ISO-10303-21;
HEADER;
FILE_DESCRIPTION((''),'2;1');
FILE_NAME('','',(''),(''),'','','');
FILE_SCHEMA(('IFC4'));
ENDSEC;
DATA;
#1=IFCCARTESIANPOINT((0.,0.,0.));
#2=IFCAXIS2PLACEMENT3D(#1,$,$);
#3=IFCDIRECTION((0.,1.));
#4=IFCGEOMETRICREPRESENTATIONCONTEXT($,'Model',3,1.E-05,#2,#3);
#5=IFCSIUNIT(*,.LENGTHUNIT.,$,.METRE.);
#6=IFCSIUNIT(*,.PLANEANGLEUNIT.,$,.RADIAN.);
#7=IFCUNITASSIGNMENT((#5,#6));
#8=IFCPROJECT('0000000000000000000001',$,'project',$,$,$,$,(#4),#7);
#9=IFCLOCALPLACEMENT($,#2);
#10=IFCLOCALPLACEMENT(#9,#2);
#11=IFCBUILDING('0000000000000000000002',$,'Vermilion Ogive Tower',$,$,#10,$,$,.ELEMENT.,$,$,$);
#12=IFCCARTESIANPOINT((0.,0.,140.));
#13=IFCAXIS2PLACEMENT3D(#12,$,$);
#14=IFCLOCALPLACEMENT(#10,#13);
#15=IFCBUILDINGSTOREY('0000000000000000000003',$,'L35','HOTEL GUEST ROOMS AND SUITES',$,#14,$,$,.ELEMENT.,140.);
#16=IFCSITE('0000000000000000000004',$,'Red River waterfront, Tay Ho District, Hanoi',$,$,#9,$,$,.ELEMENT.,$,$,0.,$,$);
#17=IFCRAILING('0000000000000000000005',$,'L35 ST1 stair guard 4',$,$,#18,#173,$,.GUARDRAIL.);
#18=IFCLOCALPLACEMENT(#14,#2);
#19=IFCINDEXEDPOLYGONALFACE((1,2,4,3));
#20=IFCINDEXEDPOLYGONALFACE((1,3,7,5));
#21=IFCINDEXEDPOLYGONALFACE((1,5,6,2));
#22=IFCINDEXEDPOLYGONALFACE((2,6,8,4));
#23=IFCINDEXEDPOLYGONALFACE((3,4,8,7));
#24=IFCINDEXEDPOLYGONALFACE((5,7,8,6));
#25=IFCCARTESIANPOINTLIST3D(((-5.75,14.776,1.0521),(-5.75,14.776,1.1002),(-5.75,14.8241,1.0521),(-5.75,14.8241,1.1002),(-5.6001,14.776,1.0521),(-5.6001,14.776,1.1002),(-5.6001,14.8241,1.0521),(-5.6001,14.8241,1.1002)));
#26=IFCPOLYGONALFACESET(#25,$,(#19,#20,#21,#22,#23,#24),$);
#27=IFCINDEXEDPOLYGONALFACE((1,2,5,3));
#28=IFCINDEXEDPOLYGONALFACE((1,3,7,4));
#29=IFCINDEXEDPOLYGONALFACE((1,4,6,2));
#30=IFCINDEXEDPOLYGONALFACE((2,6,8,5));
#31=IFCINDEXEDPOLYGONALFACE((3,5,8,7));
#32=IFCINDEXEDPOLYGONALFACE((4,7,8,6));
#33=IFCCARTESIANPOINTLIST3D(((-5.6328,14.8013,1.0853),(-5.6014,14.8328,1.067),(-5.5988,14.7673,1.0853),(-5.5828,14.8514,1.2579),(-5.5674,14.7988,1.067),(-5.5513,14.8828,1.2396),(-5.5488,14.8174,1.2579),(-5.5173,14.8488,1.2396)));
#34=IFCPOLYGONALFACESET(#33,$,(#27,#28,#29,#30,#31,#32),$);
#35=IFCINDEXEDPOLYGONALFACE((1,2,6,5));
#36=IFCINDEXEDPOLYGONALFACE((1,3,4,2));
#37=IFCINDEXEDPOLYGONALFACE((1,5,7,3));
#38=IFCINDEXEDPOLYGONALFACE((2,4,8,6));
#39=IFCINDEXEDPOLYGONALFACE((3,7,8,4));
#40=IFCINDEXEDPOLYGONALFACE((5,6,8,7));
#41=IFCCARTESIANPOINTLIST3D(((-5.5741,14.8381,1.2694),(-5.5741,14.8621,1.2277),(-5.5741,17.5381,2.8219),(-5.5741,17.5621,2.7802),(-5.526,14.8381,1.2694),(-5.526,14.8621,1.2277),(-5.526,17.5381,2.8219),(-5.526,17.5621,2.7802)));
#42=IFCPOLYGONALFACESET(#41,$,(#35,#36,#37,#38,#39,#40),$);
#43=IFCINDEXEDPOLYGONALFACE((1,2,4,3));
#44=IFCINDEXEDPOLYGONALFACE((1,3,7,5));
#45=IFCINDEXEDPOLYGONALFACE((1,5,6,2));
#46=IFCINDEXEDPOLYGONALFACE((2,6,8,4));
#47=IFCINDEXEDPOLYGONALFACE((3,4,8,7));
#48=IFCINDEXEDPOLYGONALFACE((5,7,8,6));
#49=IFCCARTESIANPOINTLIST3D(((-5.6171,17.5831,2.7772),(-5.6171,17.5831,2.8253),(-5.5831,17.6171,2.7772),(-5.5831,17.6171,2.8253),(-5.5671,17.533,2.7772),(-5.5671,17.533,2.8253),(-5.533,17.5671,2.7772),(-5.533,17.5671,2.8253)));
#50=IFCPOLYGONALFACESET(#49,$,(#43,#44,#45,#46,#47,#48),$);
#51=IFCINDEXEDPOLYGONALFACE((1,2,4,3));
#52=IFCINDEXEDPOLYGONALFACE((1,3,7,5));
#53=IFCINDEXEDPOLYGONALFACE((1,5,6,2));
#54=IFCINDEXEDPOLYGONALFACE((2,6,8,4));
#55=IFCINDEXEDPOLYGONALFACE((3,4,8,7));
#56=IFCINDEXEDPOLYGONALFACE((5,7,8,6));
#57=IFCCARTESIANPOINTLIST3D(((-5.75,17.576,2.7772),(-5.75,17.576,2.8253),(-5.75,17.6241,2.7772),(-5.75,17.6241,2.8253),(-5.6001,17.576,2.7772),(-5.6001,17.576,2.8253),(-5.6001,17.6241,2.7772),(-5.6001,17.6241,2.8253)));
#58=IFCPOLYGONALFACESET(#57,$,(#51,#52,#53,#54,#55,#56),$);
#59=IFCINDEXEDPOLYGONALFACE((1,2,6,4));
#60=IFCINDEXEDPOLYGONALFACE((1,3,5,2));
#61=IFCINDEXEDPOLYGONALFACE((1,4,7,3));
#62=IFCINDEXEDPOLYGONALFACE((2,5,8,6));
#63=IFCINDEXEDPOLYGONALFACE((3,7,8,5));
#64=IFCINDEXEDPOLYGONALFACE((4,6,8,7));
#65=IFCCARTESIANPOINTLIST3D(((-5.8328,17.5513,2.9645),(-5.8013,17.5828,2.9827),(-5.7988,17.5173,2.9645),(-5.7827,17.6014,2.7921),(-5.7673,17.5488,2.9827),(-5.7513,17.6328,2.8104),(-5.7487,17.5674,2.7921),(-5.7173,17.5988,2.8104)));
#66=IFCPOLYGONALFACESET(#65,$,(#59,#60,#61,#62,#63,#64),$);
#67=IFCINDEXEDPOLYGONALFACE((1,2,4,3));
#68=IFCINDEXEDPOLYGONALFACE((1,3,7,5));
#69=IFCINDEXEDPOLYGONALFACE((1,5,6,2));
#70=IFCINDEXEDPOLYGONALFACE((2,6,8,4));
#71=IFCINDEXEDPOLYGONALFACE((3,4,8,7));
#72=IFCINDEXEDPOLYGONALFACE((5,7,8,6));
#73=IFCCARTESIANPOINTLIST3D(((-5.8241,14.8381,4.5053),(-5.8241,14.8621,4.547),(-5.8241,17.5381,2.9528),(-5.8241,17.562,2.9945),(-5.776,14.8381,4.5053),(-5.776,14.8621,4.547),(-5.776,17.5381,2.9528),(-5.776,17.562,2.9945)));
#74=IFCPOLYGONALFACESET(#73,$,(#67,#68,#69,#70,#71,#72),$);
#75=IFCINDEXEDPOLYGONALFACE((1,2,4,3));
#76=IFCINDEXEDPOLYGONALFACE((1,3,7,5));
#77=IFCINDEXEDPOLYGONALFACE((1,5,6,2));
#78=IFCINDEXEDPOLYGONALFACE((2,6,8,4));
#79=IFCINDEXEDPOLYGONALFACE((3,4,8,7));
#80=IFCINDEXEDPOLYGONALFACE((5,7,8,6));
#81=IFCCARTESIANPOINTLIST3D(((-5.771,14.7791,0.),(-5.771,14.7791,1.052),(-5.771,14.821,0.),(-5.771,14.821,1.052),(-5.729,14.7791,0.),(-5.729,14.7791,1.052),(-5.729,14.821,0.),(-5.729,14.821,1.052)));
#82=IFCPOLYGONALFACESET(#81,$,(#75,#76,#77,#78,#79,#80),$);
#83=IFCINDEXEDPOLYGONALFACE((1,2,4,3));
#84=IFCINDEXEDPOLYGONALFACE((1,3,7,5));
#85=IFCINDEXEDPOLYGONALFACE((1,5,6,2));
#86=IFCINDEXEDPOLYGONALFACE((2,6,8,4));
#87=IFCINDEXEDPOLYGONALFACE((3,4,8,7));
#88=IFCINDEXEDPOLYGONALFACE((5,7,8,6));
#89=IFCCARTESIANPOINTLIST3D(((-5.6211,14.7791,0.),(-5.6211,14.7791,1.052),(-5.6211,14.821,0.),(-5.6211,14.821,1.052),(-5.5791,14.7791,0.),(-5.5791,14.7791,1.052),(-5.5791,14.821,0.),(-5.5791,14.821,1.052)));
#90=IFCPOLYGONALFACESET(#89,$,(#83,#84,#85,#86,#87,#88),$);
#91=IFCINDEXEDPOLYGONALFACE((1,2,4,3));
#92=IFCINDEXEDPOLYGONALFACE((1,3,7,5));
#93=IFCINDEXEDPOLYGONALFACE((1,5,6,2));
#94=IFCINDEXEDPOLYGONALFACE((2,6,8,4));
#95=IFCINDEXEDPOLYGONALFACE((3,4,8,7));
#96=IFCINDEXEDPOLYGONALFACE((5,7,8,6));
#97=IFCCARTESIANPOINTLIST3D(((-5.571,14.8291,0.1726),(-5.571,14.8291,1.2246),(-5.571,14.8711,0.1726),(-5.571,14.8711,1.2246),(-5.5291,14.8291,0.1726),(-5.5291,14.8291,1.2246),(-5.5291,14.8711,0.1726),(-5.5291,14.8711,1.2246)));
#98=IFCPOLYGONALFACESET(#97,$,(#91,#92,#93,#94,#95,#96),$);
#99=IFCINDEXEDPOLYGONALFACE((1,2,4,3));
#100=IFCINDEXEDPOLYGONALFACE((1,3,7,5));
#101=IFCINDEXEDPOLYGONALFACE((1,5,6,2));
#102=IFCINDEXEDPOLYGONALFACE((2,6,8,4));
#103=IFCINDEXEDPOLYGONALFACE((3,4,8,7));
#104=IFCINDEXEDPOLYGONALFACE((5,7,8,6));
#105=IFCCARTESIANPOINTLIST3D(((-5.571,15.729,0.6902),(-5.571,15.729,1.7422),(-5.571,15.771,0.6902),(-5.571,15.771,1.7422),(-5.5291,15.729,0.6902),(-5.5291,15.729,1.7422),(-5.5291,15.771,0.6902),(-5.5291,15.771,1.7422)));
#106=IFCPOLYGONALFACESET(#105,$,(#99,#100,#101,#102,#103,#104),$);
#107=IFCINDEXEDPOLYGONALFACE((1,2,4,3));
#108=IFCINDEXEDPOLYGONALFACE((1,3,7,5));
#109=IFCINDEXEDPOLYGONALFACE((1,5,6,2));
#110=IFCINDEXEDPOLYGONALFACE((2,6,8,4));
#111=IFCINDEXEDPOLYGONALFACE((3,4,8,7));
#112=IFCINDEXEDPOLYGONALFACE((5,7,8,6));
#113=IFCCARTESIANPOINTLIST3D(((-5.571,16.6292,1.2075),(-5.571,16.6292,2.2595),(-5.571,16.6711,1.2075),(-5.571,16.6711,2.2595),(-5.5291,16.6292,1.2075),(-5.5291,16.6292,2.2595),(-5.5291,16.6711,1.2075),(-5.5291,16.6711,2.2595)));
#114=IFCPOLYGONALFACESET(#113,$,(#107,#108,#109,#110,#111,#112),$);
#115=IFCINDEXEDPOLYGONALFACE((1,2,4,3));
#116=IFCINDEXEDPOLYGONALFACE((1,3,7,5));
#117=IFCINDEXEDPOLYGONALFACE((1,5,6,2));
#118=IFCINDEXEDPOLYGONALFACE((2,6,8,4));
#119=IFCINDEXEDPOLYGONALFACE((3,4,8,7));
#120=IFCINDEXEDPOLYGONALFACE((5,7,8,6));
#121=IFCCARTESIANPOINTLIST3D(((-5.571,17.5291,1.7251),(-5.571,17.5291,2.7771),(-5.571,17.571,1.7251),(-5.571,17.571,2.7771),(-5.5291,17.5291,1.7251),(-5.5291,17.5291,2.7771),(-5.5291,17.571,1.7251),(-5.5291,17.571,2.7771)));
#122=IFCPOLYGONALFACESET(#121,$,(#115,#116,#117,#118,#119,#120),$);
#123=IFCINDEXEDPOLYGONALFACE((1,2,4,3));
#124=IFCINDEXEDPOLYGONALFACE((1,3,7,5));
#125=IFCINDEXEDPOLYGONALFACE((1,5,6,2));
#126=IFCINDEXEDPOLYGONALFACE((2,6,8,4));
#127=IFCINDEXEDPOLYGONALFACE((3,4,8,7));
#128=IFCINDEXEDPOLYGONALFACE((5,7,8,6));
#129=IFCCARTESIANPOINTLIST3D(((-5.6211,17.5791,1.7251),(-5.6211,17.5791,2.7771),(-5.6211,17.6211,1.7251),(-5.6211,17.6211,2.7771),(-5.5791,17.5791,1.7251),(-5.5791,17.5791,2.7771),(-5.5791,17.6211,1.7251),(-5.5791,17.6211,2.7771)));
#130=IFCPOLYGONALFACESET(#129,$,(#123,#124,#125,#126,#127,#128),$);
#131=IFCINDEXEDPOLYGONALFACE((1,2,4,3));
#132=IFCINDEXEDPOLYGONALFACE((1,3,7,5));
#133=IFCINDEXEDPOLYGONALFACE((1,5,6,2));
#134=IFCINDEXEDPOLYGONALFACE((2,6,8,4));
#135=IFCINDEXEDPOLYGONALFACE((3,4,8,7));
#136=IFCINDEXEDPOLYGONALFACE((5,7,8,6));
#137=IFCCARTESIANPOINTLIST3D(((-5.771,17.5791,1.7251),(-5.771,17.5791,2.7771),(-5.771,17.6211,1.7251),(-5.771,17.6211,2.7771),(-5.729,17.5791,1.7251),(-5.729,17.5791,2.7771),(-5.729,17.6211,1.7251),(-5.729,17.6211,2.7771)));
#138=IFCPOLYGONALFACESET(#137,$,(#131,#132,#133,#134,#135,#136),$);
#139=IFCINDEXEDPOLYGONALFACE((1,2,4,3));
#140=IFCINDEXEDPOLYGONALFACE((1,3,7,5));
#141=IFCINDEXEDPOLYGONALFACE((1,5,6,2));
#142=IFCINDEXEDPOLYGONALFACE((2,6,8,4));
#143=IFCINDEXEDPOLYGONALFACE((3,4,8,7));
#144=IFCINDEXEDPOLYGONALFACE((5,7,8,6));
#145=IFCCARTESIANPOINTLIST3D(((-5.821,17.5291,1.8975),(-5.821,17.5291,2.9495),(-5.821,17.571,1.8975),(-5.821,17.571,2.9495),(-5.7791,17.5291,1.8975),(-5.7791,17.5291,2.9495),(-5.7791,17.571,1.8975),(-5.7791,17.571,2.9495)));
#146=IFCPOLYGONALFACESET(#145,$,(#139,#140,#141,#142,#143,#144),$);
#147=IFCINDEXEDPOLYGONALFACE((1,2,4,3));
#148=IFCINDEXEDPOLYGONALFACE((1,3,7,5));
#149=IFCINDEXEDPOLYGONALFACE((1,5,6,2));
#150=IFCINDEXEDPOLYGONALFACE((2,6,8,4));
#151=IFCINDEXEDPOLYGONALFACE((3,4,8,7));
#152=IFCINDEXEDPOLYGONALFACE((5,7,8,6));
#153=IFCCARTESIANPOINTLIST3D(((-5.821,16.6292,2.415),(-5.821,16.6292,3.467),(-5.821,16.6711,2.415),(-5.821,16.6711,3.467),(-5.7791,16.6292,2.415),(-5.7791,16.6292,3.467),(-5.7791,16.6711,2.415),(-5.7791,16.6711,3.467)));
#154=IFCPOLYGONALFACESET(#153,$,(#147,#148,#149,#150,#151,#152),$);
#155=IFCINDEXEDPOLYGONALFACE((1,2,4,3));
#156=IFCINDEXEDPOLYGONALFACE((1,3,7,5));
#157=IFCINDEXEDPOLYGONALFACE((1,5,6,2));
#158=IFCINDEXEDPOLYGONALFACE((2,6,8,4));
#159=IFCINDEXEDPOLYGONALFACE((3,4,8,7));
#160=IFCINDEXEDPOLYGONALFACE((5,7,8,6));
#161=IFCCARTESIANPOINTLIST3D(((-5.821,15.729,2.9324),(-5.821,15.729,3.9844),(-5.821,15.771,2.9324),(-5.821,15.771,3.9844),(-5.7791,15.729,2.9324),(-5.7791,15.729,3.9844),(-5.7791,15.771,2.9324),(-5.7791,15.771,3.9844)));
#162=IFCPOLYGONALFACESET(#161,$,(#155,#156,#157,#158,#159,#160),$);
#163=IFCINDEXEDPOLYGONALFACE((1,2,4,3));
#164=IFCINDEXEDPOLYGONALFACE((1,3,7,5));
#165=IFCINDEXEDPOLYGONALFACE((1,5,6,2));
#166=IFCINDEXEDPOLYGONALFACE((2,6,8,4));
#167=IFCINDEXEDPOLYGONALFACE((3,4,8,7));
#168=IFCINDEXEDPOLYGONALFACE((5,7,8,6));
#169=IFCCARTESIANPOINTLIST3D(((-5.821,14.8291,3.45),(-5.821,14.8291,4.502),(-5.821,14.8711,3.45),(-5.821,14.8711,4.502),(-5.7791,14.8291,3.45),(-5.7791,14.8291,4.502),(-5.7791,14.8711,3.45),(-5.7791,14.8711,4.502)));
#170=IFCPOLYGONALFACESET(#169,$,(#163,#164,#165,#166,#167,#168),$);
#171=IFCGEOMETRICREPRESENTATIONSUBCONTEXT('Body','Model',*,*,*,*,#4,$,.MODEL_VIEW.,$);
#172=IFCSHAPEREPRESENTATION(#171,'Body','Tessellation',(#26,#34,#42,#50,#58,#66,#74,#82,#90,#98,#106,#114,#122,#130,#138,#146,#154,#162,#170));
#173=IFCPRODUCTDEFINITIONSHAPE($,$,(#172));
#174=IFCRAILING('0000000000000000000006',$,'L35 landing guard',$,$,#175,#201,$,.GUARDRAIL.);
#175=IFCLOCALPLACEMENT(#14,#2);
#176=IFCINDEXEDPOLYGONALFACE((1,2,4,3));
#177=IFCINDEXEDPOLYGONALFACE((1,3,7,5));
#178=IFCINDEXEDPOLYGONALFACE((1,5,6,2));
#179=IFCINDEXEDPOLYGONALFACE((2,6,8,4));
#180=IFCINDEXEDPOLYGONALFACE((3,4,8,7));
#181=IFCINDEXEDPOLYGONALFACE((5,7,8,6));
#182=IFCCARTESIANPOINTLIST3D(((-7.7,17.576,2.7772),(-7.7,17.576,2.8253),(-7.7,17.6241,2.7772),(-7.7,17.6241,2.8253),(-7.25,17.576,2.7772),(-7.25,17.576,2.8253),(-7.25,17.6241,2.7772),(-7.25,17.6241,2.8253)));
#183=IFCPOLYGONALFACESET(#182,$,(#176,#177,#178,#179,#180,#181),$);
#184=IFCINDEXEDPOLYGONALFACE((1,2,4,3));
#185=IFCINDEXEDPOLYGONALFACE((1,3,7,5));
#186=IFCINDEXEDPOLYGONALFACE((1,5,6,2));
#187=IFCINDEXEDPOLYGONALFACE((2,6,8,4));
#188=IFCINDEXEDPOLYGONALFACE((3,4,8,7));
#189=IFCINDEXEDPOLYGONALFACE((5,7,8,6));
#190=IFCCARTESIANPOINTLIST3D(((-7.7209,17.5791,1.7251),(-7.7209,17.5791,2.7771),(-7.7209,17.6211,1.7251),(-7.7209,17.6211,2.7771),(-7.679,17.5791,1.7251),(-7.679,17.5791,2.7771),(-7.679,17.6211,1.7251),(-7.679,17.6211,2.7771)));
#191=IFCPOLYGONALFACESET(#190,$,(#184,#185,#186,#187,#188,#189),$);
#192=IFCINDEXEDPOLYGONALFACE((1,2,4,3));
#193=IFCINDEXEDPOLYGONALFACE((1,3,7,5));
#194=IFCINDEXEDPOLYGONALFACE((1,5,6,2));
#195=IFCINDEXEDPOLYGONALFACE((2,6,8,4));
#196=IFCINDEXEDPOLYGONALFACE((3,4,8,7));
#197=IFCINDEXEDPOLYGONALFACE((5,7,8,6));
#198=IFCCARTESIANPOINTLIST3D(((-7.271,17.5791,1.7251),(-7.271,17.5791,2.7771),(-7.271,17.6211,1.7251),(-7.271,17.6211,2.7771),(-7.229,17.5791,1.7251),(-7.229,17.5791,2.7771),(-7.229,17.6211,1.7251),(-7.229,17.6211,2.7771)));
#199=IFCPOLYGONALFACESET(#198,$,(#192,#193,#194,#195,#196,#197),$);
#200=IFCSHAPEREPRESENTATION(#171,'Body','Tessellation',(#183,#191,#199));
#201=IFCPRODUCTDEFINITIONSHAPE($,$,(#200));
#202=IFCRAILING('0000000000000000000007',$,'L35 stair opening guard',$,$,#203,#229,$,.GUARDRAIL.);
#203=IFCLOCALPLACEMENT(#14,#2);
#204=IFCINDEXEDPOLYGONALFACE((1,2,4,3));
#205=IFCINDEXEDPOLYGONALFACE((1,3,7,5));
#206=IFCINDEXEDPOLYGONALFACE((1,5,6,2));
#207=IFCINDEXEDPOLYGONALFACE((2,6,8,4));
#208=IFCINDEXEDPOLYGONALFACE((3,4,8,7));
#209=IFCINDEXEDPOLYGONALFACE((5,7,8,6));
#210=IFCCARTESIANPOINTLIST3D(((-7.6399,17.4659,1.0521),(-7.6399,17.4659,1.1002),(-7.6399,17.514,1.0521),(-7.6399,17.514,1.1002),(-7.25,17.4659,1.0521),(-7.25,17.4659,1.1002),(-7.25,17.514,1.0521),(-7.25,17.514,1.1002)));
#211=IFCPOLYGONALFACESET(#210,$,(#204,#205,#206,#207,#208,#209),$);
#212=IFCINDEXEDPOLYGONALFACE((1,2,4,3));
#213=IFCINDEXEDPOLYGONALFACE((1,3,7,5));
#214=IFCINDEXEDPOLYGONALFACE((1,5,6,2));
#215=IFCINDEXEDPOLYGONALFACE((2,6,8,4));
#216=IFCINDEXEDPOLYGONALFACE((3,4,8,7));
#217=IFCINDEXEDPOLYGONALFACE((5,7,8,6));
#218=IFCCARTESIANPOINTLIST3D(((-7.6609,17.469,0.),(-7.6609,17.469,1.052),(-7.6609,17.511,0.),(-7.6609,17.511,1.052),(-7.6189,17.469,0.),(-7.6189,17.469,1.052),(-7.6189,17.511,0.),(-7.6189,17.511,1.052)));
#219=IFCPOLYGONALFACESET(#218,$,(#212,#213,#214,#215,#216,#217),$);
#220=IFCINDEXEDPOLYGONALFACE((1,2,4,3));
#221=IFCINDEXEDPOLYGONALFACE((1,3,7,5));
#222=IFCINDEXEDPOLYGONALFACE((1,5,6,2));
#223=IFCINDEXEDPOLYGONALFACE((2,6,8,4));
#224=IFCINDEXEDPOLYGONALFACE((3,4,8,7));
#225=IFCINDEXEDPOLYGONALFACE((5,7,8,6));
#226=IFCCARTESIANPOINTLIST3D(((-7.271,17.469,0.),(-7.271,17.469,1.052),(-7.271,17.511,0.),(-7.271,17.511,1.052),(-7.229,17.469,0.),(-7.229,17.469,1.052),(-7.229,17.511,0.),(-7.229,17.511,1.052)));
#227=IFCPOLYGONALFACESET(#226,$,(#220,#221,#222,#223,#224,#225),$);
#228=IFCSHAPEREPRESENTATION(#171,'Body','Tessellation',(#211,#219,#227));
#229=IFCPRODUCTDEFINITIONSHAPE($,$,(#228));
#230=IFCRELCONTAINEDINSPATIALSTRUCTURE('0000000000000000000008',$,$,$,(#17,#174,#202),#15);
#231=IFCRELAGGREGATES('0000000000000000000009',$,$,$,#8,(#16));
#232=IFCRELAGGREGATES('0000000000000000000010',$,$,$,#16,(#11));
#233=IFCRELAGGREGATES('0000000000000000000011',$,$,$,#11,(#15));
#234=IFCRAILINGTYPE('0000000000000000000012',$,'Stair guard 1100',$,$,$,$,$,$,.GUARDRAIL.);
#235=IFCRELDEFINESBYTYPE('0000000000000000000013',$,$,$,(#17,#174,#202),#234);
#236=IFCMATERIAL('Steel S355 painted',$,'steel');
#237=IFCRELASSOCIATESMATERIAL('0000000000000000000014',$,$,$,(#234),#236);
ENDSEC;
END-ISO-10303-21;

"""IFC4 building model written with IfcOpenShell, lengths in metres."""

from ifc_helpers import new_model, si_unit, direction, frame, origin, origin_2d, place, context, subcontext, project, spatial, rectangle, extrude, material, type_object, element, save


model = new_model("IFC4")

# Units and contexts
model_context = context("Model", 3, precision=1e-05, world=origin(), true_north=direction((0.0, 1.0)))
body_context = subcontext(model_context, "Body", "Model", "MODEL_VIEW")
ifc_project = project(units=[si_unit("LENGTHUNIT", "METRE"), si_unit("PLANEANGLEUNIT", "RADIAN")], contexts=[model_context])

# Site, building, storey
site_placement = place(None, origin())
site = spatial("IfcSite", under=ifc_project, at=site_placement, Name="Red River waterfront, Tay Ho District, Hanoi", CompositionType="ELEMENT", RefElevation=0.0)
building_placement = place(site_placement, origin())
building = spatial("IfcBuilding", under=site, at=building_placement, Name="Vermilion Ogive Tower", CompositionType="ELEMENT")
storey_placement = place(building_placement, frame((0.0, 0.0, 140.0)))
storey = spatial("IfcBuildingStorey", under=building, at=storey_placement, Name="L35", Description="HOTEL GUEST ROOMS AND SUITES", CompositionType="ELEMENT", Elevation=140.0)

# Railings
ifc_material_1 = material(Name="Steel S355 painted", Category="steel")
railing_type_1 = type_object("IfcRailingType", Name="Stair guard 1100", PredefinedType="GUARDRAIL", material=ifc_material_1)
railing_1_placement = place(storey_placement, frame((-5.75, 14.8, 0.0)))
element("IfcRailing", 1, at=railing_1_placement, inside=storey, type_object=railing_type_1, Name="L35 ST1 stair guard 4", PredefinedType="GUARDRAIL", context=body_context, shape_type="SweptSolid", body=[
    extrude(rectangle(XDim=0.0481, YDim=0.0481, at=origin_2d()), frame((0.0, 0.0, 1.0762), z_axis=(1.0, 0.0, 0.0), x_axis=(0.0, 1.0, 0.0)), (0.0, 0.0, 1.0), 0.1499),
    extrude(rectangle(XDim=0.0481, YDim=0.0481, at=origin_2d()), frame((0.1499, 0.0, 1.0762), z_axis=(0.268278, 0.268278, 0.925232), x_axis=(-0.707107, 0.707107, 0.0)), (0.0, 0.0, 1.0), 0.1865),
    extrude(rectangle(XDim=0.0481, YDim=0.0481, at=origin_2d()), frame((0.2, 0.05, 1.2485), z_axis=(0.0, 0.866904, 0.498476), x_axis=(-1.0, 0.0, 0.0)), (0.0, 0.0, 1.0), 3.1145),
    extrude(rectangle(XDim=0.0481, YDim=0.0481, at=origin_2d()), frame((0.2, 2.75, 2.8013), z_axis=(-0.707107, 0.707107, 0.0), x_axis=(-0.707107, -0.707107, 0.0)), (0.0, 0.0, 1.0), 0.0708),
    extrude(rectangle(XDim=0.0481, YDim=0.0481, at=origin_2d()), frame((0.1499, 2.8, 2.8013), z_axis=(-1.0, 0.0, 0.0), x_axis=(0.0, -1.0, 0.0)), (0.0, 0.0, 1.0), 0.1499),
    extrude(rectangle(XDim=0.0481, YDim=0.0481, at=origin_2d()), frame((0.0, 2.8, 2.8013), z_axis=(-0.268603, -0.268603, 0.925043), x_axis=(0.707107, -0.707107, 0.0)), (0.0, 0.0, 1.0), 0.1863),
    extrude(rectangle(XDim=0.0481, YDim=0.0481, at=origin_2d()), frame((-0.05, 2.75, 2.9736), z_axis=(0.0, -0.866904, 0.498476), x_axis=(1.0, 0.0, 0.0)), (0.0, 0.0, 1.0), 3.1145),
    extrude(rectangle(XDim=0.042, YDim=0.042, at=origin_2d()), origin(), (0.0, 0.0, 1.0), 1.052),
    extrude(rectangle(XDim=0.042, YDim=0.042, at=origin_2d()), frame((0.1499, 0.0, 0.0)), (0.0, 0.0, 1.0), 1.052),
    extrude(rectangle(XDim=0.042, YDim=0.042, at=origin_2d()), frame((0.2, 0.05, 0.1726)), (0.0, 0.0, 1.0), 1.052),
    extrude(rectangle(XDim=0.042, YDim=0.042, at=origin_2d()), frame((0.2, 0.95, 0.6902)), (0.0, 0.0, 1.0), 1.052),
    extrude(rectangle(XDim=0.042, YDim=0.042, at=origin_2d()), frame((0.2, 1.8501, 1.2075)), (0.0, 0.0, 1.0), 1.052),
    extrude(rectangle(XDim=0.042, YDim=0.042, at=origin_2d()), frame((0.2, 2.75, 1.7251)), (0.0, 0.0, 1.0), 1.052),
    extrude(rectangle(XDim=0.042, YDim=0.042, at=origin_2d()), frame((0.1499, 2.8, 1.7251)), (0.0, 0.0, 1.0), 1.052),
    extrude(rectangle(XDim=0.042, YDim=0.042, at=origin_2d()), frame((0.0, 2.8, 1.7251)), (0.0, 0.0, 1.0), 1.052),
    extrude(rectangle(XDim=0.042, YDim=0.042, at=origin_2d()), frame((-0.05, 2.75, 1.8975)), (0.0, 0.0, 1.0), 1.052),
    extrude(rectangle(XDim=0.042, YDim=0.042, at=origin_2d()), frame((-0.05, 1.8501, 2.415)), (0.0, 0.0, 1.0), 1.052),
    extrude(rectangle(XDim=0.042, YDim=0.042, at=origin_2d()), frame((-0.05, 0.95, 2.9324)), (0.0, 0.0, 1.0), 1.052),
    extrude(rectangle(XDim=0.042, YDim=0.042, at=origin_2d()), frame((-0.05, 0.05, 3.45)), (0.0, 0.0, 1.0), 1.052),
])
railing_2_placement = place(storey_placement, frame((-7.7, 17.6001, 1.7251)))
element("IfcRailing", 2, at=railing_2_placement, inside=storey, type_object=railing_type_1, Name="L35 landing guard", PredefinedType="GUARDRAIL", context=body_context, shape_type="SweptSolid", body=[
    extrude(rectangle(XDim=0.0481, YDim=0.0481, at=origin_2d()), frame((0.0, 0.0, 1.0762), z_axis=(1.0, 0.0, 0.0), x_axis=(0.0, 1.0, 0.0)), (0.0, 0.0, 1.0), 0.45),
    extrude(rectangle(XDim=0.042, YDim=0.042, at=origin_2d()), origin(), (0.0, 0.0, 1.0), 1.052),
    extrude(rectangle(XDim=0.042, YDim=0.042, at=origin_2d()), frame((0.45, 0.0, 0.0)), (0.0, 0.0, 1.0), 1.052),
])
railing_3_placement = place(storey_placement, frame((-7.6399, 17.49, 0.0)))
element("IfcRailing", 3, at=railing_3_placement, inside=storey, type_object=railing_type_1, Name="L35 stair opening guard", PredefinedType="GUARDRAIL", context=body_context, shape_type="SweptSolid", body=[
    extrude(rectangle(XDim=0.0481, YDim=0.0481, at=origin_2d()), frame((0.0, 0.0, 1.0762), z_axis=(1.0, 0.0, 0.0), x_axis=(0.0, 1.0, 0.0)), (0.0, 0.0, 1.0), 0.3899),
    extrude(rectangle(XDim=0.042, YDim=0.042, at=origin_2d()), origin(), (0.0, 0.0, 1.0), 1.052),
    extrude(rectangle(XDim=0.042, YDim=0.042, at=origin_2d()), frame((0.3899, 0.0, 0.0)), (0.0, 0.0, 1.0), 1.052),
])

save(model, "model.ifc")
